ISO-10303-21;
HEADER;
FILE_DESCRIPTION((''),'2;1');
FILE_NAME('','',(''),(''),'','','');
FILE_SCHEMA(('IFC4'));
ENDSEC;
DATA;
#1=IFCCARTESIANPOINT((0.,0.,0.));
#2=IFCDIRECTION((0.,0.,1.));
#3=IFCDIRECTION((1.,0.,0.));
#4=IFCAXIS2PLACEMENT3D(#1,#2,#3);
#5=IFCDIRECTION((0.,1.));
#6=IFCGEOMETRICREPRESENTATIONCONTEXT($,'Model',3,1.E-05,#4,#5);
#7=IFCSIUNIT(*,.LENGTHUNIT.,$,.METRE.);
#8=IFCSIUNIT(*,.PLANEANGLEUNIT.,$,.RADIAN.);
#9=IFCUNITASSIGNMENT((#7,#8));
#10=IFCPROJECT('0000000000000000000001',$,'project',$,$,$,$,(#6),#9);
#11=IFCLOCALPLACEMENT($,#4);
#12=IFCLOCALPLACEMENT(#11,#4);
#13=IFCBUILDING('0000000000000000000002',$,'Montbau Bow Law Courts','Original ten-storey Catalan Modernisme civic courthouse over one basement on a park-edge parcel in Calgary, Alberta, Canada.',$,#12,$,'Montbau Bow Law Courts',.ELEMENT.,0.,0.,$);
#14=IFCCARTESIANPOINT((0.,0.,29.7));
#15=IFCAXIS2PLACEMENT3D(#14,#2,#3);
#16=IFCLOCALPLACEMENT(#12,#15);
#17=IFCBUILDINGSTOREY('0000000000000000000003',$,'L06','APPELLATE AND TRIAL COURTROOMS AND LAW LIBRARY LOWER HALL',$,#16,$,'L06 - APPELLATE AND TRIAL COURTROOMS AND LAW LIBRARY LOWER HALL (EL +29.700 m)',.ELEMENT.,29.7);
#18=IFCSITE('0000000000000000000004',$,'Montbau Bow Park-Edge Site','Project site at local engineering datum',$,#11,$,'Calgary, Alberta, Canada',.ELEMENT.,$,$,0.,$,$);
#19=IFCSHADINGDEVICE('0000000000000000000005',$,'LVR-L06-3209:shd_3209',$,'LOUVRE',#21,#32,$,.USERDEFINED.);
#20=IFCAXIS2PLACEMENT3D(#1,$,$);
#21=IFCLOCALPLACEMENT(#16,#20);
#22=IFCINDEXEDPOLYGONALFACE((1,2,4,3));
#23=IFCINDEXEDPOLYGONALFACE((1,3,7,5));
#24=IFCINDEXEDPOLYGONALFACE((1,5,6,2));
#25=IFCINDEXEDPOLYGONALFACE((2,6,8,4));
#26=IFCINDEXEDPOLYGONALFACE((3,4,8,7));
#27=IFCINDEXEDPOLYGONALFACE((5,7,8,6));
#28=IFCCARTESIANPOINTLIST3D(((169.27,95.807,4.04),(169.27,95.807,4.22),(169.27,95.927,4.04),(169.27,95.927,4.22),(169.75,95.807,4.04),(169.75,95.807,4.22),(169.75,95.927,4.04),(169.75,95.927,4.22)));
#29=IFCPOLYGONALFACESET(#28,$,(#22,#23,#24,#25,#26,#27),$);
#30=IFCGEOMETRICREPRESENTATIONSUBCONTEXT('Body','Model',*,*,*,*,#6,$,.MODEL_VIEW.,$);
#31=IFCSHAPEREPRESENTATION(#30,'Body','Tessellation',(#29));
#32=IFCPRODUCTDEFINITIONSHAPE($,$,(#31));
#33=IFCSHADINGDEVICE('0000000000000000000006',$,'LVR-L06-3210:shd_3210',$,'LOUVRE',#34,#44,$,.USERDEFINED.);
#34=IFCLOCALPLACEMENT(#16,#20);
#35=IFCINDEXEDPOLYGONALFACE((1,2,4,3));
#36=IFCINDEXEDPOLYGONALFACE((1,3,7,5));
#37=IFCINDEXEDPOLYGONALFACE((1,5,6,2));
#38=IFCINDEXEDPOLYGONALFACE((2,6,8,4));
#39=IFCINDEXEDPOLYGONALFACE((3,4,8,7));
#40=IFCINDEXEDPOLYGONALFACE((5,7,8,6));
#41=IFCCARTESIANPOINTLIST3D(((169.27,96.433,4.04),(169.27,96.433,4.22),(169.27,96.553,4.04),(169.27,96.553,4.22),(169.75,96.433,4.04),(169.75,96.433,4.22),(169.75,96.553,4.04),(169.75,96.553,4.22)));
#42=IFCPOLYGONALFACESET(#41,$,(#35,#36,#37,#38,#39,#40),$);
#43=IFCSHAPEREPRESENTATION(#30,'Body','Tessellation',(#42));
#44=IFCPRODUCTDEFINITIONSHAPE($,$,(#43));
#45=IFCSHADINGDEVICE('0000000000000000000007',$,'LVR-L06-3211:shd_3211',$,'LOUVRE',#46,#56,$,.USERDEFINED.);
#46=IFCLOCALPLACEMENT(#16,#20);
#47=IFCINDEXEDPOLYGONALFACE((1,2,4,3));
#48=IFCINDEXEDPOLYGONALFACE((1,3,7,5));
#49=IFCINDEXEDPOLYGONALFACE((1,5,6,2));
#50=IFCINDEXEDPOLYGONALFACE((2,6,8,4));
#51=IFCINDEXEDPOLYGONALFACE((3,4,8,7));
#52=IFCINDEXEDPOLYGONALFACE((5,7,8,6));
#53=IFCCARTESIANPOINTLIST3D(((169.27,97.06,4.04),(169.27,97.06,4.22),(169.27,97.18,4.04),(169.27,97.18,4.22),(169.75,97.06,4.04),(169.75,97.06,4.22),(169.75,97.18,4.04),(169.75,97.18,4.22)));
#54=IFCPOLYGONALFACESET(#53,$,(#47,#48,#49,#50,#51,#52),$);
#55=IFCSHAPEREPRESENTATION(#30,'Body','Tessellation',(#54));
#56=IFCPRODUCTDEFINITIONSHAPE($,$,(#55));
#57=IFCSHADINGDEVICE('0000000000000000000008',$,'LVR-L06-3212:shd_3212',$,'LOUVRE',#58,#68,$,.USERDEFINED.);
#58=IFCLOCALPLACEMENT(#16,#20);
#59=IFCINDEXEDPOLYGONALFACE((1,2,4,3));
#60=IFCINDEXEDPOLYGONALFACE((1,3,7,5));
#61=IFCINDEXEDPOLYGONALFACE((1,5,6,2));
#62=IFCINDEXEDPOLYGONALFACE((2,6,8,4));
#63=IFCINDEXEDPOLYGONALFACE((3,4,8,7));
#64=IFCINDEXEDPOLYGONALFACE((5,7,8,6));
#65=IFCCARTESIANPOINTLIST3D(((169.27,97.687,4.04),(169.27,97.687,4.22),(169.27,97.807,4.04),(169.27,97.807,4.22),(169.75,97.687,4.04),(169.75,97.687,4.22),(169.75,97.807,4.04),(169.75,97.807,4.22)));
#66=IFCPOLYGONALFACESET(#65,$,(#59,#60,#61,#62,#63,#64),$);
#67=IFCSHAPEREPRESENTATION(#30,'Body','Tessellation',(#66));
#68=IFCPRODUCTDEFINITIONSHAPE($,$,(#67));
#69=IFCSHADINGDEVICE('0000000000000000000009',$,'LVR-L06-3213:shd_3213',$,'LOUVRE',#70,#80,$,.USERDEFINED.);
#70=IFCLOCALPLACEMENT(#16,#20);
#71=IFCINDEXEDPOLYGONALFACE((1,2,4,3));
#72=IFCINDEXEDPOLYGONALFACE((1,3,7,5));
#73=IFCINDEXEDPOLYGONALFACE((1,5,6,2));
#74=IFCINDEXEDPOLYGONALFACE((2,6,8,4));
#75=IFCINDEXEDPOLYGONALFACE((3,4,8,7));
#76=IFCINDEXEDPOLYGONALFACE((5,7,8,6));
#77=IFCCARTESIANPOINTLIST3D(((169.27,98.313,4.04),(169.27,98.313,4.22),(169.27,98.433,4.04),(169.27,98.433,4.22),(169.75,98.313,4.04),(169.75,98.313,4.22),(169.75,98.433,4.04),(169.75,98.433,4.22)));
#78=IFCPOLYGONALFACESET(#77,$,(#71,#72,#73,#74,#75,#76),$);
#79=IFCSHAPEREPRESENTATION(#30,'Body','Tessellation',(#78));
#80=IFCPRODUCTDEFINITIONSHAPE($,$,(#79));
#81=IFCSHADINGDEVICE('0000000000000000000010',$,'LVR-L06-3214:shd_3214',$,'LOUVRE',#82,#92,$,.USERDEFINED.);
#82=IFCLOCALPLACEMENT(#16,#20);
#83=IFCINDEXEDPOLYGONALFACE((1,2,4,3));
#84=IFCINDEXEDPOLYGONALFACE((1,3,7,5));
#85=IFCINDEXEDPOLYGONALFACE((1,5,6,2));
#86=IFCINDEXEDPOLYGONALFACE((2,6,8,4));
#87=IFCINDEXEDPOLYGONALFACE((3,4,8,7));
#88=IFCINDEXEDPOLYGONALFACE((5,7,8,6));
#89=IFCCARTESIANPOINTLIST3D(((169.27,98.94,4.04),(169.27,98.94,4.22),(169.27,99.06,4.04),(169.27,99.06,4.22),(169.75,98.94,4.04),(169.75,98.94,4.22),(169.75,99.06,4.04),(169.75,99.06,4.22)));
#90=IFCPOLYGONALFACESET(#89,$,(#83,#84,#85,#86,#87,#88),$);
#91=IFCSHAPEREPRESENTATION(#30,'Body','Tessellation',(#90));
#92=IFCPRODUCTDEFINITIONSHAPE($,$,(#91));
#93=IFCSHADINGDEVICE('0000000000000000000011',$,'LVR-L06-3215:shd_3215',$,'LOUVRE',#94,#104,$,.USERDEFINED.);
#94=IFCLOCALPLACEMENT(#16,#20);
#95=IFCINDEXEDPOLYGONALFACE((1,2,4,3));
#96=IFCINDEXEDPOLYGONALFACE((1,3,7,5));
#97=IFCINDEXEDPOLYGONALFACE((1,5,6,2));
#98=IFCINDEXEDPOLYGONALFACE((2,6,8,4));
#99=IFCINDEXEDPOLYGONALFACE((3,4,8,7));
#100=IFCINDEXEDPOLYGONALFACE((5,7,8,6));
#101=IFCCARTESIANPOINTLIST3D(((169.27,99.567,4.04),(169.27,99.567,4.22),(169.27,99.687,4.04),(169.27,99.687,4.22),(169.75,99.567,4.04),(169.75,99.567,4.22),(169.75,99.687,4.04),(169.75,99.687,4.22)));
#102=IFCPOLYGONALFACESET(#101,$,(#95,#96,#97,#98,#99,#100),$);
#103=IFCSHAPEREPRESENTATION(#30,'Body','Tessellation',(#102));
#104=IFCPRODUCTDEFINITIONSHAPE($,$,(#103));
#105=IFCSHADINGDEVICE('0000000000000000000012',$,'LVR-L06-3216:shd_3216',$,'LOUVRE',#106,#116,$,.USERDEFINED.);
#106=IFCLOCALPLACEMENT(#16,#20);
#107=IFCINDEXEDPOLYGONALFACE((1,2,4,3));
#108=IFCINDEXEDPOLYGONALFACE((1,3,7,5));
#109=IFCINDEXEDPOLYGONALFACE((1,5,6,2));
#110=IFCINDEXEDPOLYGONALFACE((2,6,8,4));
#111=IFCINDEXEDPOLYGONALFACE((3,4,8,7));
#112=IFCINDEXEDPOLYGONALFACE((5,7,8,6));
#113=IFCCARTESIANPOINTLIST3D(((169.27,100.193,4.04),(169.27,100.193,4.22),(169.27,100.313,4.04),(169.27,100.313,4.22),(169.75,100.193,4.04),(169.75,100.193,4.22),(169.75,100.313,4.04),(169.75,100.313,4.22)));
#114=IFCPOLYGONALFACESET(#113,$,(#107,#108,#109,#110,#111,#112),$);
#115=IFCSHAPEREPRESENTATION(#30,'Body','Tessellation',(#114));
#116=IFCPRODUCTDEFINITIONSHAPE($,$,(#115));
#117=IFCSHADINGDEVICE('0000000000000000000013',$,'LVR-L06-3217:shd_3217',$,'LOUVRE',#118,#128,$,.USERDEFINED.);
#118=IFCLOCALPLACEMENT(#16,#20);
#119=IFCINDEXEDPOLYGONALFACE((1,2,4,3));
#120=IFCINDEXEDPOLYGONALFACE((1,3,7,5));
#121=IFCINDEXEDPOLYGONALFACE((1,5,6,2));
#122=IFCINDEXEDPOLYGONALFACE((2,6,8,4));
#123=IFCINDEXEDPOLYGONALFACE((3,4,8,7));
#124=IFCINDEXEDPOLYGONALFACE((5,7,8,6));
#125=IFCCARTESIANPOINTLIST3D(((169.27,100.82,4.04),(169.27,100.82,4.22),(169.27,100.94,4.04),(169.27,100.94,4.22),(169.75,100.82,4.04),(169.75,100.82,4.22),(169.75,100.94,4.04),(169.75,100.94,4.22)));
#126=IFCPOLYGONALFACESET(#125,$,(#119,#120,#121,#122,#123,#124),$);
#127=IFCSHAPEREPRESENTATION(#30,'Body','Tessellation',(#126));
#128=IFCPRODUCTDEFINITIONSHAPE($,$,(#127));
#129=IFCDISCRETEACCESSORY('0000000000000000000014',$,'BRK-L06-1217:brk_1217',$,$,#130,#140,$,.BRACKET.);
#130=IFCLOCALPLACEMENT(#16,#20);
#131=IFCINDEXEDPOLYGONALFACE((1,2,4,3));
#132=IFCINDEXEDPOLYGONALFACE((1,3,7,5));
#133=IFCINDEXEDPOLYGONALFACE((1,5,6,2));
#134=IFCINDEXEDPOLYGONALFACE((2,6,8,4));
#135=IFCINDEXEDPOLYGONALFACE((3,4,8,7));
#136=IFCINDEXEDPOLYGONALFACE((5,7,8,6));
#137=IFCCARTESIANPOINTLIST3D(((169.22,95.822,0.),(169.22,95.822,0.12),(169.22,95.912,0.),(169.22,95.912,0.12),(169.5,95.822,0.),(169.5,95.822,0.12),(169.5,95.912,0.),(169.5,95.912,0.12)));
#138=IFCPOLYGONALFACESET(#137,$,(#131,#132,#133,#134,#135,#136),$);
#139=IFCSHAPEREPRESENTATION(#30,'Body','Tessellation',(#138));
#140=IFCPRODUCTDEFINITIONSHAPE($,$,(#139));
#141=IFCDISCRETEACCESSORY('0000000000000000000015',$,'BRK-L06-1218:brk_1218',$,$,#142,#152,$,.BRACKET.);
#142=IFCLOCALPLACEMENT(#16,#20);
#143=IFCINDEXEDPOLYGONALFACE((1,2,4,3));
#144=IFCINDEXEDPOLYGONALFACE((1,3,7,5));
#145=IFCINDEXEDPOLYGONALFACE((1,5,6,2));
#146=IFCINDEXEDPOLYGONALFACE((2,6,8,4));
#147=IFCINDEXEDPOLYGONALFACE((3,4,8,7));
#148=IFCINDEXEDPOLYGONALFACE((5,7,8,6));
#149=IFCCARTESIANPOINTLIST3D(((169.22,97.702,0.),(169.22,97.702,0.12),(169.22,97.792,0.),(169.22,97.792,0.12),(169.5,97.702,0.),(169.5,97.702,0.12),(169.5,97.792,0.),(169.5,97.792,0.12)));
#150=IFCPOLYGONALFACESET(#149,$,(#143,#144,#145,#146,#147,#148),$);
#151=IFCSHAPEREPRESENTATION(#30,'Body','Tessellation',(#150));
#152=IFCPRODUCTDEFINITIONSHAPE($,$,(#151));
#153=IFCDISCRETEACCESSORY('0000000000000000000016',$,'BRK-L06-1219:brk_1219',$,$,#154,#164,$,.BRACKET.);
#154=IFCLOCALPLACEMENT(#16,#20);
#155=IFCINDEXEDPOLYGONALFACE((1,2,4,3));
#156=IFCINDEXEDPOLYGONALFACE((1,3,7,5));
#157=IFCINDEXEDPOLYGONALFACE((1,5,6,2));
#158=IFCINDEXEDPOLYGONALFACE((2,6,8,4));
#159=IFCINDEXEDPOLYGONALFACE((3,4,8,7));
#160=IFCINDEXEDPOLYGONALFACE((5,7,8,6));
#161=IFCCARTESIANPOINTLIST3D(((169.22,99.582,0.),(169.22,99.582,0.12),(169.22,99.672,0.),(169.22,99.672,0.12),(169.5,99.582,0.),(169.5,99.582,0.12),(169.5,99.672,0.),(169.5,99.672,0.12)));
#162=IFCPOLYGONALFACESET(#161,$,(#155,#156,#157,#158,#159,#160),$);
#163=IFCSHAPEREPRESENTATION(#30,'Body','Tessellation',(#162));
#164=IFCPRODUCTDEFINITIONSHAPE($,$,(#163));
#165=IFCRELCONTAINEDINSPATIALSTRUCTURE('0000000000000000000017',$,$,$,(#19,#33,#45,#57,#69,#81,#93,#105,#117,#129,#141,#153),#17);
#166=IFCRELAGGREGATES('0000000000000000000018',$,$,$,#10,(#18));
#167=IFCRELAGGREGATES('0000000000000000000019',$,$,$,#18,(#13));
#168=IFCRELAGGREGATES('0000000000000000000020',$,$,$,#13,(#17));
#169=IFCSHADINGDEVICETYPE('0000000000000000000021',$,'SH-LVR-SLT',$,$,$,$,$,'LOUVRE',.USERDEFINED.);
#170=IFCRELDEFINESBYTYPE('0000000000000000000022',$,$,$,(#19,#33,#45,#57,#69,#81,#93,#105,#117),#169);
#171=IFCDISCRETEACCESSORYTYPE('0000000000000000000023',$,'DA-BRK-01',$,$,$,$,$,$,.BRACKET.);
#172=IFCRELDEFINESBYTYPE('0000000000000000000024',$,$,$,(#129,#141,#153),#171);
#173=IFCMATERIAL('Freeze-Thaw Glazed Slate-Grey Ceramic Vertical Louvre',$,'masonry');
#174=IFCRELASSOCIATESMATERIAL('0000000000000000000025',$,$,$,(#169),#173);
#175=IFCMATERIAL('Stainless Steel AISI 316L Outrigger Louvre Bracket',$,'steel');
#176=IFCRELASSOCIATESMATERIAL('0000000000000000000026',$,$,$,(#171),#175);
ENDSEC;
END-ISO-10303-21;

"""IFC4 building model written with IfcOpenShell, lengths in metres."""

from ifc_helpers import new_model, si_unit, direction, frame, origin_with_axes, origin_2d_with_axis, place, context, subcontext, project, spatial, rectangle, extrude, material, type_object, element, save


model = new_model("IFC4")

# Units and contexts
model_context = context("Model", 3, precision=1e-05, world=origin_with_axes(), true_north=direction((0.0, 1.0)))
body_context = subcontext(model_context, "Body", "Model", "MODEL_VIEW")
ifc_project = project(units=[si_unit("LENGTHUNIT", "METRE"), si_unit("PLANEANGLEUNIT", "RADIAN")], contexts=[model_context])

# Site, building, storey
site_placement = place(None, origin_with_axes())
site = spatial("IfcSite", under=ifc_project, at=site_placement, Name="Montbau Bow Park-Edge Site", Description="Project site at local engineering datum", LongName="Calgary, Alberta, Canada", CompositionType="ELEMENT", RefElevation=0.0)
building_placement = place(site_placement, origin_with_axes())
building = spatial("IfcBuilding", under=site, at=building_placement, Name="Montbau Bow Law Courts", Description="Original ten-storey Catalan Modernisme civic courthouse over one basement on a park-edge parcel in Calgary, Alberta, Canada.", LongName="Montbau Bow Law Courts", CompositionType="ELEMENT", ElevationOfRefHeight=0.0, ElevationOfTerrain=0.0)
storey_placement = place(building_placement, frame((0.0, 0.0, 29.7), z_axis=(0.0, 0.0, 1.0), x_axis=(1.0, 0.0, 0.0)))
storey = spatial("IfcBuildingStorey", under=building, at=storey_placement, Name="L06", Description="APPELLATE AND TRIAL COURTROOMS AND LAW LIBRARY LOWER HALL", LongName="L06 - APPELLATE AND TRIAL COURTROOMS AND LAW LIBRARY LOWER HALL (EL +29.700 m)", CompositionType="ELEMENT", Elevation=29.7)

# Shared definitions
ifc_material_1 = material(Name="Freeze-Thaw Glazed Slate-Grey Ceramic Vertical Louvre", Category="masonry")

# Shading devices
shading_device_type = type_object("IfcShadingDeviceType", Name="SH-LVR-SLT", ElementType="LOUVRE", PredefinedType="USERDEFINED", material=ifc_material_1)
for number, where, z_axis, x_axis, name in (
    (1, (169.51, 95.867, 33.74), (0.0, 0.0, 1.0), (1.0, 0.0, 0.0), "LVR-L06-3209:shd_3209"),
    (2, (169.51, 96.493, 33.74), (0.0, 0.0, 1.0), (1.0, 0.0, 0.0), "LVR-L06-3210:shd_3210"),
    (3, (169.51, 97.12, 33.74), (0.0, 0.0, 1.0), (1.0, 0.0, 0.0), "LVR-L06-3211:shd_3211"),
    (4, (169.51, 97.747, 33.74), (0.0, 0.0, 1.0), (1.0, 0.0, 0.0), "LVR-L06-3212:shd_3212"),
    (5, (169.51, 98.373, 33.74), (0.0, 0.0, 1.0), (1.0, 0.0, 0.0), "LVR-L06-3213:shd_3213"),
    (6, (169.51, 99.0, 33.74), (0.0, 0.0, 1.0), (1.0, 0.0, 0.0), "LVR-L06-3214:shd_3214"),
    (7, (169.51, 99.627, 33.74), (0.0, 0.0, 1.0), (1.0, 0.0, 0.0), "LVR-L06-3215:shd_3215"),
    (8, (169.51, 100.253, 33.74), (0.0, 0.0, 1.0), (1.0, 0.0, 0.0), "LVR-L06-3216:shd_3216"),
    (9, (169.51, 100.88, 33.74), (0.0, 0.0, 1.0), (1.0, 0.0, 0.0), "LVR-L06-3217:shd_3217"),
):
    element("IfcShadingDevice", number, at=place(None, frame(where, z_axis=z_axis, x_axis=x_axis)), inside=storey, type_object=shading_device_type, Name=name, ObjectType="LOUVRE", PredefinedType="USERDEFINED", context=body_context, shape_type="SweptSolid", body=[
        extrude(rectangle(XDim=0.48, YDim=0.12, at=origin_2d_with_axis()), origin_with_axes(), (0.0, 0.0, 1.0), 0.18),
    ])

# Discrete accessories
ifc_material_2 = material(Name="Stainless Steel AISI 316L Outrigger Louvre Bracket", Category="steel")
discrete_accessory_type = type_object("IfcDiscreteAccessoryType", Name="DA-BRK-01", PredefinedType="BRACKET", material=ifc_material_2)
for number, where, z_axis, x_axis, name in (
    (10, (169.36, 95.867, 29.7), (0.0, 0.0, 1.0), (1.0, 0.0, 0.0), "BRK-L06-1217:brk_1217"),
    (11, (169.36, 97.747, 29.7), (0.0, 0.0, 1.0), (1.0, 0.0, 0.0), "BRK-L06-1218:brk_1218"),
    (12, (169.36, 99.627, 29.7), (0.0, 0.0, 1.0), (1.0, 0.0, 0.0), "BRK-L06-1219:brk_1219"),
):
    element("IfcDiscreteAccessory", number, at=place(None, frame(where, z_axis=z_axis, x_axis=x_axis)), inside=storey, type_object=discrete_accessory_type, Name=name, PredefinedType="BRACKET", context=body_context, shape_type="SweptSolid", body=[
        extrude(rectangle(XDim=0.28, YDim=0.09, at=origin_2d_with_axis()), origin_with_axes(), (0.0, 0.0, 1.0), 0.12),
    ])

save(model, "model.ifc")
